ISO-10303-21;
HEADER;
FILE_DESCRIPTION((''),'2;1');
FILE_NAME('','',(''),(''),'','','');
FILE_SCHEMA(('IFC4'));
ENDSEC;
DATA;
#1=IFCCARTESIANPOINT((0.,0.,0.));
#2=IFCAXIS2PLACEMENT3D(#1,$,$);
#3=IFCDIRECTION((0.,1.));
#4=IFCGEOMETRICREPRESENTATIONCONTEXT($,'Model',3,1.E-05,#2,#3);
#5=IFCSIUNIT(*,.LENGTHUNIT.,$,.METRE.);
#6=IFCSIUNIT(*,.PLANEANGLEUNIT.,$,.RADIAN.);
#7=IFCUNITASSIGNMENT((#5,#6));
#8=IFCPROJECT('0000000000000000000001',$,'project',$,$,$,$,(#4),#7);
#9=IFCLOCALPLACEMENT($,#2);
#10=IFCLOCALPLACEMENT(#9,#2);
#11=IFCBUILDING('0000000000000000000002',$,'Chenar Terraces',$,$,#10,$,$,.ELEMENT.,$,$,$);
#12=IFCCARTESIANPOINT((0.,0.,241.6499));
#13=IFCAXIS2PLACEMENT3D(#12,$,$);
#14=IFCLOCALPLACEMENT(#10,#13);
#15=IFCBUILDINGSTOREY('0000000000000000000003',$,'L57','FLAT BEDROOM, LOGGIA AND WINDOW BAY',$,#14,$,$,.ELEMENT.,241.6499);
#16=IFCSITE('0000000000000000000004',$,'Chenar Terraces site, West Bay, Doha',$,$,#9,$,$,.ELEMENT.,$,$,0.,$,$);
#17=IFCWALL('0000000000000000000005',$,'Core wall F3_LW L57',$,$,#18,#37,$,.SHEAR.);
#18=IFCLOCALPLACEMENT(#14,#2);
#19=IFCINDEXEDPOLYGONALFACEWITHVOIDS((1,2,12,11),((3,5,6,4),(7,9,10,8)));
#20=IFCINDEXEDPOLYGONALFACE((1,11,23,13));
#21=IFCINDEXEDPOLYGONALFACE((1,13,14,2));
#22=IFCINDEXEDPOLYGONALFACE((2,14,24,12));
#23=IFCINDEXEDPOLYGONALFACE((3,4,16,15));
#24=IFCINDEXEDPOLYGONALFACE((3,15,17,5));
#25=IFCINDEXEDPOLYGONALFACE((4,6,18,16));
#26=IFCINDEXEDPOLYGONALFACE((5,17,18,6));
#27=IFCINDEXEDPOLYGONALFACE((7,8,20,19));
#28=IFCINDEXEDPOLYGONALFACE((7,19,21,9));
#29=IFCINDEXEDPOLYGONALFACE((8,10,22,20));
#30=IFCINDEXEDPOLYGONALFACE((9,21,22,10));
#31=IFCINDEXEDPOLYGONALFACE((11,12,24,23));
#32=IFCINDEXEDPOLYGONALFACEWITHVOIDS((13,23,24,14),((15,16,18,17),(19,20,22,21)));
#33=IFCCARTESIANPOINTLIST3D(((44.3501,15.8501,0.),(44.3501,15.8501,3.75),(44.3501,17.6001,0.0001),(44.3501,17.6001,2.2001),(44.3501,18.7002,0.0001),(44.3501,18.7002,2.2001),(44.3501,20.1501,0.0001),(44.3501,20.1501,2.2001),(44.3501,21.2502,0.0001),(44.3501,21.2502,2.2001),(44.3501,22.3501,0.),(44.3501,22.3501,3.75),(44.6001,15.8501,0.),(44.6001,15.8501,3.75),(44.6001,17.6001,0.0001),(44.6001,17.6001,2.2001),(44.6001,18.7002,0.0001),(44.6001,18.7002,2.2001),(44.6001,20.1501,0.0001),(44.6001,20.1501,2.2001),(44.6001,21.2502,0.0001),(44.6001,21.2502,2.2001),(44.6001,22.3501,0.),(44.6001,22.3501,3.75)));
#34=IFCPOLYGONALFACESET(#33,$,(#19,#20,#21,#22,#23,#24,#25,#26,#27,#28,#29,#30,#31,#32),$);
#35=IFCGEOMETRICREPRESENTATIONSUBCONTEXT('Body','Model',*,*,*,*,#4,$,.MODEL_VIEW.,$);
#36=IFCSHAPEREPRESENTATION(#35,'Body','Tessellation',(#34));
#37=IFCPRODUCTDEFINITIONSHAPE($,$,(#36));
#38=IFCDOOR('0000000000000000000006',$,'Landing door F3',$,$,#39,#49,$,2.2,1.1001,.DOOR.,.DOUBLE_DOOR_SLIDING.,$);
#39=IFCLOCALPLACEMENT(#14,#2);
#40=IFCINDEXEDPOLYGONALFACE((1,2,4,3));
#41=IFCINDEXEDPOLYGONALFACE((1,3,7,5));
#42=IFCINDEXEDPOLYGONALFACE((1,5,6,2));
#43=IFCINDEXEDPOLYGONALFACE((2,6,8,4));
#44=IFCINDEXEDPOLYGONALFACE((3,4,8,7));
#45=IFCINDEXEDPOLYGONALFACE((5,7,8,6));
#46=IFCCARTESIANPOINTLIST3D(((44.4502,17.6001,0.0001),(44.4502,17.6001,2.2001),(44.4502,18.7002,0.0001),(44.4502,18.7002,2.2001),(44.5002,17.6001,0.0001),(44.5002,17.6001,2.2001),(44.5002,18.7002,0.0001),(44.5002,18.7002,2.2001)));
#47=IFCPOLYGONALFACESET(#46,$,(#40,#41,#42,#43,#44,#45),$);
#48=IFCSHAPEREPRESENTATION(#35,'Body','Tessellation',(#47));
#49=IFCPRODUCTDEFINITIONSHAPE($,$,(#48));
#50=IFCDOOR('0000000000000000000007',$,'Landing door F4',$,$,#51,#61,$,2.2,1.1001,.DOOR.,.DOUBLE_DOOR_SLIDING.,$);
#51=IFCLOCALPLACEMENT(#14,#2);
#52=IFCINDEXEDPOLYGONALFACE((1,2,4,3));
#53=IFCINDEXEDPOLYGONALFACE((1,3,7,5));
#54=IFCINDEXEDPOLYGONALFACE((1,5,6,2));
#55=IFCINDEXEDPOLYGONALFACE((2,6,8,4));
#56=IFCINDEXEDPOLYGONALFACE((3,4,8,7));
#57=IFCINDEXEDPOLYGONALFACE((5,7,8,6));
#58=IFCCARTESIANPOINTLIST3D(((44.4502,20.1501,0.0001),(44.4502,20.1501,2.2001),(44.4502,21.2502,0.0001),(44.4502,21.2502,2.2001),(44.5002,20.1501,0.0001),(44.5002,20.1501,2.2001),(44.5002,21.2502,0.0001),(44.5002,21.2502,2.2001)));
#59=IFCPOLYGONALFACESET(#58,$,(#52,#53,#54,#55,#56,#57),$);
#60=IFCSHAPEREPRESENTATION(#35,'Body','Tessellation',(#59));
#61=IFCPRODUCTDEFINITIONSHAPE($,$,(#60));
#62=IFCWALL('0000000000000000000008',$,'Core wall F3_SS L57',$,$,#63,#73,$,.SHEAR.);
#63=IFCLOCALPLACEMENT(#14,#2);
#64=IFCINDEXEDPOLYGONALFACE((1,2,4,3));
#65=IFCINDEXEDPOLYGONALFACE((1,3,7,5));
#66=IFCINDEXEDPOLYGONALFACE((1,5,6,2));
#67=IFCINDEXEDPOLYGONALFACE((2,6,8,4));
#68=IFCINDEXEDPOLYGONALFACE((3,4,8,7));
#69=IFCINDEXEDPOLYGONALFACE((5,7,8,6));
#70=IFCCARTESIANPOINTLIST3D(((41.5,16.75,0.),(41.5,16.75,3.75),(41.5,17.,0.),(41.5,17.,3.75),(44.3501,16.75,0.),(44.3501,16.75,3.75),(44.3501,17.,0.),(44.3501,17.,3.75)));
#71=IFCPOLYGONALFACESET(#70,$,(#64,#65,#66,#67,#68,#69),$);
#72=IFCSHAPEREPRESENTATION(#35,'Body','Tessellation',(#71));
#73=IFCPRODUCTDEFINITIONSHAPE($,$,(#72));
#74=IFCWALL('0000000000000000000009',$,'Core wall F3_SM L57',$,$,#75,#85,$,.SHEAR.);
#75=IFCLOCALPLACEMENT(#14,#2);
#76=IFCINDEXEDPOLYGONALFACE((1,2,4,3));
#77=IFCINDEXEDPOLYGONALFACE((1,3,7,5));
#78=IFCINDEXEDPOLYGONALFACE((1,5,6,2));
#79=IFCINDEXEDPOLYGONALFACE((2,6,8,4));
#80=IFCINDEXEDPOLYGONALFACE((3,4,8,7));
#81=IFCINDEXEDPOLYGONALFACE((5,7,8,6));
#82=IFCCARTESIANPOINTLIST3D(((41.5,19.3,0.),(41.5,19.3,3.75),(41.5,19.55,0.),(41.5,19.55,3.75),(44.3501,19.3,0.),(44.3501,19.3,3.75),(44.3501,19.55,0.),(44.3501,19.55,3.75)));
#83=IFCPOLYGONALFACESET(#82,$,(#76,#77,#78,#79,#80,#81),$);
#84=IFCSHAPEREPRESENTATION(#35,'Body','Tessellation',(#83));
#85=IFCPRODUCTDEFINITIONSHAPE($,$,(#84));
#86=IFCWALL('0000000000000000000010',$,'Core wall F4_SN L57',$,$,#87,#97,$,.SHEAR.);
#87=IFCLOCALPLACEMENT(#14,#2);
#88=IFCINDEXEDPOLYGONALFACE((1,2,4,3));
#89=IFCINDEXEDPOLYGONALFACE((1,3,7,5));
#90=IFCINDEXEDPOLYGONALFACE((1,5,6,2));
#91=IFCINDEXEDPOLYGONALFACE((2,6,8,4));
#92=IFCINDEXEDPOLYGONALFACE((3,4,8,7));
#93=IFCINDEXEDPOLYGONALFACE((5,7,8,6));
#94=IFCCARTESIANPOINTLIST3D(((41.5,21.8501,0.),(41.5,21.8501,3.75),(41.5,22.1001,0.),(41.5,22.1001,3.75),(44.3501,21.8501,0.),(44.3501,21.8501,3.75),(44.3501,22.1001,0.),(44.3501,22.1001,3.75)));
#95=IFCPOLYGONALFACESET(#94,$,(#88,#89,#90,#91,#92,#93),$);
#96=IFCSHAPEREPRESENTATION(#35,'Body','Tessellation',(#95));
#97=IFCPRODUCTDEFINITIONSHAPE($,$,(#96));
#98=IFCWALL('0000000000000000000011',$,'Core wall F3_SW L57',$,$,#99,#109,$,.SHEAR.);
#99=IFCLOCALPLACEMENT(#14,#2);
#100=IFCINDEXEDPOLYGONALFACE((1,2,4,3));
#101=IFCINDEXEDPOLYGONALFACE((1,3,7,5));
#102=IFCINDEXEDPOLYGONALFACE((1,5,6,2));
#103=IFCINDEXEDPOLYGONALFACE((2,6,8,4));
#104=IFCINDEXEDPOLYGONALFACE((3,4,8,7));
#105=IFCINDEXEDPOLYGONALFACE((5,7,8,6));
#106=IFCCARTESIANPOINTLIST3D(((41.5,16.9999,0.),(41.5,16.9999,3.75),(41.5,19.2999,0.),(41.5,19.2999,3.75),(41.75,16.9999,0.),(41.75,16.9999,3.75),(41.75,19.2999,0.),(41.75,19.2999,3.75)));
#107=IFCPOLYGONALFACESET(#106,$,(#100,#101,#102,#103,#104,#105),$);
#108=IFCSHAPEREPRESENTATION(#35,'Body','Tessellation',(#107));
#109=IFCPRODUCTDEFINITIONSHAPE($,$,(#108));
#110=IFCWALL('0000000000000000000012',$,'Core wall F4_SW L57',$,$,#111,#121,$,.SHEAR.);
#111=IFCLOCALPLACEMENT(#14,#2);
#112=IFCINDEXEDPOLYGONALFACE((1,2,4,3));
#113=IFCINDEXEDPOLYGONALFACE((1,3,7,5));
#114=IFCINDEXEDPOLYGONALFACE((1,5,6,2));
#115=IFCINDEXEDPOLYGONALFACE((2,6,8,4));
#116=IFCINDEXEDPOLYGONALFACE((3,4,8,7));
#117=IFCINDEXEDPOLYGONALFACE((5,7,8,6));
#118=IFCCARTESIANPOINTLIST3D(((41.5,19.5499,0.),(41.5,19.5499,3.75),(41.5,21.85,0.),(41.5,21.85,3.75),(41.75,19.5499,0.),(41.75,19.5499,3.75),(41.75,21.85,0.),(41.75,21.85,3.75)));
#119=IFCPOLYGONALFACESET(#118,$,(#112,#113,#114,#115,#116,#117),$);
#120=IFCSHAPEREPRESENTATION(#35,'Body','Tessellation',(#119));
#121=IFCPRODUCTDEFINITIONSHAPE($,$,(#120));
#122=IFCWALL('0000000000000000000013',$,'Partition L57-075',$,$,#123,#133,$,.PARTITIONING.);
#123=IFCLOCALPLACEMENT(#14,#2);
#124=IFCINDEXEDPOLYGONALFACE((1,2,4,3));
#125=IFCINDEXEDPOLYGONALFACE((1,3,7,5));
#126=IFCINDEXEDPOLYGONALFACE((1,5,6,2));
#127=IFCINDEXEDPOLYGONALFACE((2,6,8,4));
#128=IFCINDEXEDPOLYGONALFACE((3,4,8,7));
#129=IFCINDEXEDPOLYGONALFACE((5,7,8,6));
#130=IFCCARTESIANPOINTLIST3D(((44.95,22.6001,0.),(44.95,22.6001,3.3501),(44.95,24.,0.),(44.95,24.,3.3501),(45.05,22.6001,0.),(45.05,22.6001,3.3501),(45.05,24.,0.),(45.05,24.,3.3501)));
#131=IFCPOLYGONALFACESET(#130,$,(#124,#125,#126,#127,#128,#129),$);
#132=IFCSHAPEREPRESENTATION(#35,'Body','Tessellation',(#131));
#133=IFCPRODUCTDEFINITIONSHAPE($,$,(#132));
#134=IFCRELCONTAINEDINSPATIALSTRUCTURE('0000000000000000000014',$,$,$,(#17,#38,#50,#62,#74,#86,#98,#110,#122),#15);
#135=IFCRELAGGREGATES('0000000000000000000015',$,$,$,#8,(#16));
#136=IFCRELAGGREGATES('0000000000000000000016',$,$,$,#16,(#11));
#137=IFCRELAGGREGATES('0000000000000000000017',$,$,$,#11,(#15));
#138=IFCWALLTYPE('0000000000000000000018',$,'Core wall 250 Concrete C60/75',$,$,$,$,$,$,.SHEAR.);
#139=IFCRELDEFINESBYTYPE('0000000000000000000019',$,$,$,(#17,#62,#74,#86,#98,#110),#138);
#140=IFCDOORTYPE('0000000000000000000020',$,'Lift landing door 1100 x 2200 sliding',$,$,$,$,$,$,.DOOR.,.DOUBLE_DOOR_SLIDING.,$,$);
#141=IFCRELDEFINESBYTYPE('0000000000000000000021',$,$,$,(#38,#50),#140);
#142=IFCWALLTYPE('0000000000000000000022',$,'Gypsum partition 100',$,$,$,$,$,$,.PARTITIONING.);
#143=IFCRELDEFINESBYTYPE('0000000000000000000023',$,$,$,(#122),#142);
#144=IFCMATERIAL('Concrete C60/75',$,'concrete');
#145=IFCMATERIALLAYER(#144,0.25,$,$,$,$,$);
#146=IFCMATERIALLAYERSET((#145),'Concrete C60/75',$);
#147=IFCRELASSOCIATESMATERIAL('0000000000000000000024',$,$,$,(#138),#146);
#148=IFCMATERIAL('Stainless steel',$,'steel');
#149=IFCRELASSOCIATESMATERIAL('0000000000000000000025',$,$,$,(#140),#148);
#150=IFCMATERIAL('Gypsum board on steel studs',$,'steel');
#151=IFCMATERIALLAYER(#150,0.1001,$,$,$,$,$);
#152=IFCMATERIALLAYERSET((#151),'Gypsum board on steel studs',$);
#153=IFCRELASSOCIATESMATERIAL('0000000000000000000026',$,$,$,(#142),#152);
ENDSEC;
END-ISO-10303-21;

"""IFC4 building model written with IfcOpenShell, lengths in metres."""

from ifc_helpers import new_model, si_unit, direction, frame, frame_2d, origin, place, context, subcontext, project, spatial, rectangle, extrude, material, layer, layer_set, type_object, element, fill, save


model = new_model("IFC4")

# Units and contexts
model_context = context("Model", 3, precision=1e-05, world=origin(), true_north=direction((0.0, 1.0)))
body_context = subcontext(model_context, "Body", "Model", "MODEL_VIEW")
ifc_project = project(units=[si_unit("LENGTHUNIT", "METRE"), si_unit("PLANEANGLEUNIT", "RADIAN")], contexts=[model_context])

# Site, building, storey
site_placement = place(None, origin())
site = spatial("IfcSite", under=ifc_project, at=site_placement, Name="Chenar Terraces site, West Bay, Doha", CompositionType="ELEMENT", RefElevation=0.0)
building_placement = place(site_placement, origin())
building = spatial("IfcBuilding", under=site, at=building_placement, Name="Chenar Terraces", CompositionType="ELEMENT")
storey_placement = place(building_placement, frame((0.0, 0.0, 241.6499)))
storey = spatial("IfcBuildingStorey", under=building, at=storey_placement, Name="L57", Description="FLAT BEDROOM, LOGGIA AND WINDOW BAY", CompositionType="ELEMENT", Elevation=241.6499)

# Shared definitions
ifc_material_1 = material(Name="Concrete C60/75", Category="concrete")
ifc_layer_1 = layer(ifc_material_1, 0.25)
ifc_layer_set_1 = layer_set([ifc_layer_1], Name="Concrete C60/75")
wall_type_1 = type_object("IfcWallType", Name="Core wall 250 Concrete C60/75", PredefinedType="SHEAR", material=ifc_layer_set_1)

# Wall, openings, doors
wall_1_placement = place(storey_placement, frame((44.4751, 15.8501, 0.0), z_axis=(0.0, 0.0, 1.0), x_axis=(0.0, 1.0, 0.0)))
wall_1 = element("IfcWall", 1, at=wall_1_placement, inside=storey, type_object=wall_type_1, Name="Core wall F3_LW L57", PredefinedType="SHEAR", context=body_context, shape_type="SweptSolid", body=[
    extrude(rectangle(XDim=6.5, YDim=0.25, at=frame_2d((3.25, 0.0))), origin(), (0.0, 0.0, 1.0), 3.75),
])
opening_1_placement = place(wall_1_placement, frame((1.75, 0.0, 0.0)))
opening_1 = element("IfcOpeningElement", 2, at=opening_1_placement, cuts=wall_1, PredefinedType="OPENING", context=body_context, shape_type="SweptSolid", body=[
    extrude(rectangle(XDim=1.1001, YDim=2.2, at=frame_2d((0.55, 1.1001))), frame((0.0, 0.135, 0.0), z_axis=(0.0, -1.0, 0.0), x_axis=(1.0, 0.0, 0.0)), (0.0, 0.0, 1.0), 0.27),
])
opening_2_placement = place(wall_1_placement, frame((4.3, 0.0, 0.0)))
opening_2 = element("IfcOpeningElement", 3, at=opening_2_placement, cuts=wall_1, PredefinedType="OPENING", context=body_context, shape_type="SweptSolid", body=[
    extrude(rectangle(XDim=1.1001, YDim=2.2, at=frame_2d((0.55, 1.1001))), frame((0.0, 0.135, 0.0), z_axis=(0.0, -1.0, 0.0), x_axis=(1.0, 0.0, 0.0)), (0.0, 0.0, 1.0), 0.27),
])
ifc_material_2 = material(Name="Stainless steel", Category="steel")
door_type_1 = type_object("IfcDoorType", Name="Lift landing door 1100 x 2200 sliding", OperationType="DOUBLE_DOOR_SLIDING", PredefinedType="DOOR", material=ifc_material_2)
door_1_placement = place(opening_1_placement, origin())
door_1 = element("IfcDoor", 4, at=door_1_placement, inside=storey, type_object=door_type_1, Name="Landing door F3", OperationType="DOUBLE_DOOR_SLIDING", OverallHeight=2.2, OverallWidth=1.1001, PredefinedType="DOOR", context=body_context, shape_type="SweptSolid", body=[
    extrude(rectangle(XDim=1.1001, YDim=2.2, at=frame_2d((0.55, 1.1001))), frame((0.0, 0.0249, 0.0), z_axis=(0.0, -1.0, 0.0), x_axis=(1.0, 0.0, 0.0)), (0.0, 0.0, 1.0), 0.05),
])
fill(opening_1, door_1)
door_2_placement = place(opening_2_placement, origin())
door_2 = element("IfcDoor", 5, at=door_2_placement, inside=storey, type_object=door_type_1, Name="Landing door F4", OperationType="DOUBLE_DOOR_SLIDING", OverallHeight=2.2, OverallWidth=1.1001, PredefinedType="DOOR", context=body_context, shape_type="SweptSolid", body=[
    extrude(rectangle(XDim=1.1001, YDim=2.2, at=frame_2d((0.55, 1.1001))), frame((0.0, 0.0249, 0.0), z_axis=(0.0, -1.0, 0.0), x_axis=(1.0, 0.0, 0.0)), (0.0, 0.0, 1.0), 0.05),
])
fill(opening_2, door_2)

# Walls
for number, where, z_axis, x_axis, name in (
    (6, (41.5, 16.875, 0.0), (0.0, 0.0, 1.0), (1.0, 0.0, 0.0), "Core wall F3_SS L57"),
    (7, (41.5, 19.425, 0.0), (0.0, 0.0, 1.0), (1.0, 0.0, 0.0), "Core wall F3_SM L57"),
    (8, (41.5, 21.9751, 0.0), (0.0, 0.0, 1.0), (1.0, 0.0, 0.0), "Core wall F4_SN L57"),
):
    element("IfcWall", number, at=place(storey_placement, frame(where, z_axis=z_axis, x_axis=x_axis)), inside=storey, type_object=wall_type_1, Name=name, PredefinedType="SHEAR", context=body_context, shape_type="SweptSolid", body=[
        extrude(rectangle(XDim=2.8501, YDim=0.25, at=frame_2d((1.425, 0.0))), origin(), (0.0, 0.0, 1.0), 3.75),
    ])
for number, where, z_axis, x_axis, name in (
    (9, (41.625, 17.0, 0.0), (0.0, 0.0, 1.0), (0.0, 1.0, 0.0), "Core wall F3_SW L57"),
    (10, (41.625, 19.55, 0.0), (0.0, 0.0, 1.0), (0.0, 1.0, 0.0), "Core wall F4_SW L57"),
):
    element("IfcWall", number, at=place(storey_placement, frame(where, z_axis=z_axis, x_axis=x_axis)), inside=storey, type_object=wall_type_1, Name=name, PredefinedType="SHEAR", context=body_context, shape_type="SweptSolid", body=[
        extrude(rectangle(XDim=2.3, YDim=0.25, at=frame_2d((1.1499, 0.0))), origin(), (0.0, 0.0, 1.0), 3.75),
    ])
ifc_material_3 = material(Name="Gypsum board on steel studs", Category="steel")
ifc_layer_2 = layer(ifc_material_3, 0.1001)
ifc_layer_set_2 = layer_set([ifc_layer_2], Name="Gypsum board on steel studs")
wall_type_2 = type_object("IfcWallType", Name="Gypsum partition 100", PredefinedType="PARTITIONING", material=ifc_layer_set_2)
wall_2_placement = place(storey_placement, frame((45.0, 22.6001, 0.0), z_axis=(0.0, 0.0, 1.0), x_axis=(0.0, 1.0, 0.0)))
element("IfcWall", 11, at=wall_2_placement, inside=storey, type_object=wall_type_2, Name="Partition L57-075", PredefinedType="PARTITIONING", context=body_context, shape_type="SweptSolid", body=[
    extrude(rectangle(XDim=1.3999, YDim=0.1001, at=frame_2d((0.7, 0.0))), origin(), (0.0, 0.0, 1.0), 3.3501),
])

save(model, "model.ifc")
